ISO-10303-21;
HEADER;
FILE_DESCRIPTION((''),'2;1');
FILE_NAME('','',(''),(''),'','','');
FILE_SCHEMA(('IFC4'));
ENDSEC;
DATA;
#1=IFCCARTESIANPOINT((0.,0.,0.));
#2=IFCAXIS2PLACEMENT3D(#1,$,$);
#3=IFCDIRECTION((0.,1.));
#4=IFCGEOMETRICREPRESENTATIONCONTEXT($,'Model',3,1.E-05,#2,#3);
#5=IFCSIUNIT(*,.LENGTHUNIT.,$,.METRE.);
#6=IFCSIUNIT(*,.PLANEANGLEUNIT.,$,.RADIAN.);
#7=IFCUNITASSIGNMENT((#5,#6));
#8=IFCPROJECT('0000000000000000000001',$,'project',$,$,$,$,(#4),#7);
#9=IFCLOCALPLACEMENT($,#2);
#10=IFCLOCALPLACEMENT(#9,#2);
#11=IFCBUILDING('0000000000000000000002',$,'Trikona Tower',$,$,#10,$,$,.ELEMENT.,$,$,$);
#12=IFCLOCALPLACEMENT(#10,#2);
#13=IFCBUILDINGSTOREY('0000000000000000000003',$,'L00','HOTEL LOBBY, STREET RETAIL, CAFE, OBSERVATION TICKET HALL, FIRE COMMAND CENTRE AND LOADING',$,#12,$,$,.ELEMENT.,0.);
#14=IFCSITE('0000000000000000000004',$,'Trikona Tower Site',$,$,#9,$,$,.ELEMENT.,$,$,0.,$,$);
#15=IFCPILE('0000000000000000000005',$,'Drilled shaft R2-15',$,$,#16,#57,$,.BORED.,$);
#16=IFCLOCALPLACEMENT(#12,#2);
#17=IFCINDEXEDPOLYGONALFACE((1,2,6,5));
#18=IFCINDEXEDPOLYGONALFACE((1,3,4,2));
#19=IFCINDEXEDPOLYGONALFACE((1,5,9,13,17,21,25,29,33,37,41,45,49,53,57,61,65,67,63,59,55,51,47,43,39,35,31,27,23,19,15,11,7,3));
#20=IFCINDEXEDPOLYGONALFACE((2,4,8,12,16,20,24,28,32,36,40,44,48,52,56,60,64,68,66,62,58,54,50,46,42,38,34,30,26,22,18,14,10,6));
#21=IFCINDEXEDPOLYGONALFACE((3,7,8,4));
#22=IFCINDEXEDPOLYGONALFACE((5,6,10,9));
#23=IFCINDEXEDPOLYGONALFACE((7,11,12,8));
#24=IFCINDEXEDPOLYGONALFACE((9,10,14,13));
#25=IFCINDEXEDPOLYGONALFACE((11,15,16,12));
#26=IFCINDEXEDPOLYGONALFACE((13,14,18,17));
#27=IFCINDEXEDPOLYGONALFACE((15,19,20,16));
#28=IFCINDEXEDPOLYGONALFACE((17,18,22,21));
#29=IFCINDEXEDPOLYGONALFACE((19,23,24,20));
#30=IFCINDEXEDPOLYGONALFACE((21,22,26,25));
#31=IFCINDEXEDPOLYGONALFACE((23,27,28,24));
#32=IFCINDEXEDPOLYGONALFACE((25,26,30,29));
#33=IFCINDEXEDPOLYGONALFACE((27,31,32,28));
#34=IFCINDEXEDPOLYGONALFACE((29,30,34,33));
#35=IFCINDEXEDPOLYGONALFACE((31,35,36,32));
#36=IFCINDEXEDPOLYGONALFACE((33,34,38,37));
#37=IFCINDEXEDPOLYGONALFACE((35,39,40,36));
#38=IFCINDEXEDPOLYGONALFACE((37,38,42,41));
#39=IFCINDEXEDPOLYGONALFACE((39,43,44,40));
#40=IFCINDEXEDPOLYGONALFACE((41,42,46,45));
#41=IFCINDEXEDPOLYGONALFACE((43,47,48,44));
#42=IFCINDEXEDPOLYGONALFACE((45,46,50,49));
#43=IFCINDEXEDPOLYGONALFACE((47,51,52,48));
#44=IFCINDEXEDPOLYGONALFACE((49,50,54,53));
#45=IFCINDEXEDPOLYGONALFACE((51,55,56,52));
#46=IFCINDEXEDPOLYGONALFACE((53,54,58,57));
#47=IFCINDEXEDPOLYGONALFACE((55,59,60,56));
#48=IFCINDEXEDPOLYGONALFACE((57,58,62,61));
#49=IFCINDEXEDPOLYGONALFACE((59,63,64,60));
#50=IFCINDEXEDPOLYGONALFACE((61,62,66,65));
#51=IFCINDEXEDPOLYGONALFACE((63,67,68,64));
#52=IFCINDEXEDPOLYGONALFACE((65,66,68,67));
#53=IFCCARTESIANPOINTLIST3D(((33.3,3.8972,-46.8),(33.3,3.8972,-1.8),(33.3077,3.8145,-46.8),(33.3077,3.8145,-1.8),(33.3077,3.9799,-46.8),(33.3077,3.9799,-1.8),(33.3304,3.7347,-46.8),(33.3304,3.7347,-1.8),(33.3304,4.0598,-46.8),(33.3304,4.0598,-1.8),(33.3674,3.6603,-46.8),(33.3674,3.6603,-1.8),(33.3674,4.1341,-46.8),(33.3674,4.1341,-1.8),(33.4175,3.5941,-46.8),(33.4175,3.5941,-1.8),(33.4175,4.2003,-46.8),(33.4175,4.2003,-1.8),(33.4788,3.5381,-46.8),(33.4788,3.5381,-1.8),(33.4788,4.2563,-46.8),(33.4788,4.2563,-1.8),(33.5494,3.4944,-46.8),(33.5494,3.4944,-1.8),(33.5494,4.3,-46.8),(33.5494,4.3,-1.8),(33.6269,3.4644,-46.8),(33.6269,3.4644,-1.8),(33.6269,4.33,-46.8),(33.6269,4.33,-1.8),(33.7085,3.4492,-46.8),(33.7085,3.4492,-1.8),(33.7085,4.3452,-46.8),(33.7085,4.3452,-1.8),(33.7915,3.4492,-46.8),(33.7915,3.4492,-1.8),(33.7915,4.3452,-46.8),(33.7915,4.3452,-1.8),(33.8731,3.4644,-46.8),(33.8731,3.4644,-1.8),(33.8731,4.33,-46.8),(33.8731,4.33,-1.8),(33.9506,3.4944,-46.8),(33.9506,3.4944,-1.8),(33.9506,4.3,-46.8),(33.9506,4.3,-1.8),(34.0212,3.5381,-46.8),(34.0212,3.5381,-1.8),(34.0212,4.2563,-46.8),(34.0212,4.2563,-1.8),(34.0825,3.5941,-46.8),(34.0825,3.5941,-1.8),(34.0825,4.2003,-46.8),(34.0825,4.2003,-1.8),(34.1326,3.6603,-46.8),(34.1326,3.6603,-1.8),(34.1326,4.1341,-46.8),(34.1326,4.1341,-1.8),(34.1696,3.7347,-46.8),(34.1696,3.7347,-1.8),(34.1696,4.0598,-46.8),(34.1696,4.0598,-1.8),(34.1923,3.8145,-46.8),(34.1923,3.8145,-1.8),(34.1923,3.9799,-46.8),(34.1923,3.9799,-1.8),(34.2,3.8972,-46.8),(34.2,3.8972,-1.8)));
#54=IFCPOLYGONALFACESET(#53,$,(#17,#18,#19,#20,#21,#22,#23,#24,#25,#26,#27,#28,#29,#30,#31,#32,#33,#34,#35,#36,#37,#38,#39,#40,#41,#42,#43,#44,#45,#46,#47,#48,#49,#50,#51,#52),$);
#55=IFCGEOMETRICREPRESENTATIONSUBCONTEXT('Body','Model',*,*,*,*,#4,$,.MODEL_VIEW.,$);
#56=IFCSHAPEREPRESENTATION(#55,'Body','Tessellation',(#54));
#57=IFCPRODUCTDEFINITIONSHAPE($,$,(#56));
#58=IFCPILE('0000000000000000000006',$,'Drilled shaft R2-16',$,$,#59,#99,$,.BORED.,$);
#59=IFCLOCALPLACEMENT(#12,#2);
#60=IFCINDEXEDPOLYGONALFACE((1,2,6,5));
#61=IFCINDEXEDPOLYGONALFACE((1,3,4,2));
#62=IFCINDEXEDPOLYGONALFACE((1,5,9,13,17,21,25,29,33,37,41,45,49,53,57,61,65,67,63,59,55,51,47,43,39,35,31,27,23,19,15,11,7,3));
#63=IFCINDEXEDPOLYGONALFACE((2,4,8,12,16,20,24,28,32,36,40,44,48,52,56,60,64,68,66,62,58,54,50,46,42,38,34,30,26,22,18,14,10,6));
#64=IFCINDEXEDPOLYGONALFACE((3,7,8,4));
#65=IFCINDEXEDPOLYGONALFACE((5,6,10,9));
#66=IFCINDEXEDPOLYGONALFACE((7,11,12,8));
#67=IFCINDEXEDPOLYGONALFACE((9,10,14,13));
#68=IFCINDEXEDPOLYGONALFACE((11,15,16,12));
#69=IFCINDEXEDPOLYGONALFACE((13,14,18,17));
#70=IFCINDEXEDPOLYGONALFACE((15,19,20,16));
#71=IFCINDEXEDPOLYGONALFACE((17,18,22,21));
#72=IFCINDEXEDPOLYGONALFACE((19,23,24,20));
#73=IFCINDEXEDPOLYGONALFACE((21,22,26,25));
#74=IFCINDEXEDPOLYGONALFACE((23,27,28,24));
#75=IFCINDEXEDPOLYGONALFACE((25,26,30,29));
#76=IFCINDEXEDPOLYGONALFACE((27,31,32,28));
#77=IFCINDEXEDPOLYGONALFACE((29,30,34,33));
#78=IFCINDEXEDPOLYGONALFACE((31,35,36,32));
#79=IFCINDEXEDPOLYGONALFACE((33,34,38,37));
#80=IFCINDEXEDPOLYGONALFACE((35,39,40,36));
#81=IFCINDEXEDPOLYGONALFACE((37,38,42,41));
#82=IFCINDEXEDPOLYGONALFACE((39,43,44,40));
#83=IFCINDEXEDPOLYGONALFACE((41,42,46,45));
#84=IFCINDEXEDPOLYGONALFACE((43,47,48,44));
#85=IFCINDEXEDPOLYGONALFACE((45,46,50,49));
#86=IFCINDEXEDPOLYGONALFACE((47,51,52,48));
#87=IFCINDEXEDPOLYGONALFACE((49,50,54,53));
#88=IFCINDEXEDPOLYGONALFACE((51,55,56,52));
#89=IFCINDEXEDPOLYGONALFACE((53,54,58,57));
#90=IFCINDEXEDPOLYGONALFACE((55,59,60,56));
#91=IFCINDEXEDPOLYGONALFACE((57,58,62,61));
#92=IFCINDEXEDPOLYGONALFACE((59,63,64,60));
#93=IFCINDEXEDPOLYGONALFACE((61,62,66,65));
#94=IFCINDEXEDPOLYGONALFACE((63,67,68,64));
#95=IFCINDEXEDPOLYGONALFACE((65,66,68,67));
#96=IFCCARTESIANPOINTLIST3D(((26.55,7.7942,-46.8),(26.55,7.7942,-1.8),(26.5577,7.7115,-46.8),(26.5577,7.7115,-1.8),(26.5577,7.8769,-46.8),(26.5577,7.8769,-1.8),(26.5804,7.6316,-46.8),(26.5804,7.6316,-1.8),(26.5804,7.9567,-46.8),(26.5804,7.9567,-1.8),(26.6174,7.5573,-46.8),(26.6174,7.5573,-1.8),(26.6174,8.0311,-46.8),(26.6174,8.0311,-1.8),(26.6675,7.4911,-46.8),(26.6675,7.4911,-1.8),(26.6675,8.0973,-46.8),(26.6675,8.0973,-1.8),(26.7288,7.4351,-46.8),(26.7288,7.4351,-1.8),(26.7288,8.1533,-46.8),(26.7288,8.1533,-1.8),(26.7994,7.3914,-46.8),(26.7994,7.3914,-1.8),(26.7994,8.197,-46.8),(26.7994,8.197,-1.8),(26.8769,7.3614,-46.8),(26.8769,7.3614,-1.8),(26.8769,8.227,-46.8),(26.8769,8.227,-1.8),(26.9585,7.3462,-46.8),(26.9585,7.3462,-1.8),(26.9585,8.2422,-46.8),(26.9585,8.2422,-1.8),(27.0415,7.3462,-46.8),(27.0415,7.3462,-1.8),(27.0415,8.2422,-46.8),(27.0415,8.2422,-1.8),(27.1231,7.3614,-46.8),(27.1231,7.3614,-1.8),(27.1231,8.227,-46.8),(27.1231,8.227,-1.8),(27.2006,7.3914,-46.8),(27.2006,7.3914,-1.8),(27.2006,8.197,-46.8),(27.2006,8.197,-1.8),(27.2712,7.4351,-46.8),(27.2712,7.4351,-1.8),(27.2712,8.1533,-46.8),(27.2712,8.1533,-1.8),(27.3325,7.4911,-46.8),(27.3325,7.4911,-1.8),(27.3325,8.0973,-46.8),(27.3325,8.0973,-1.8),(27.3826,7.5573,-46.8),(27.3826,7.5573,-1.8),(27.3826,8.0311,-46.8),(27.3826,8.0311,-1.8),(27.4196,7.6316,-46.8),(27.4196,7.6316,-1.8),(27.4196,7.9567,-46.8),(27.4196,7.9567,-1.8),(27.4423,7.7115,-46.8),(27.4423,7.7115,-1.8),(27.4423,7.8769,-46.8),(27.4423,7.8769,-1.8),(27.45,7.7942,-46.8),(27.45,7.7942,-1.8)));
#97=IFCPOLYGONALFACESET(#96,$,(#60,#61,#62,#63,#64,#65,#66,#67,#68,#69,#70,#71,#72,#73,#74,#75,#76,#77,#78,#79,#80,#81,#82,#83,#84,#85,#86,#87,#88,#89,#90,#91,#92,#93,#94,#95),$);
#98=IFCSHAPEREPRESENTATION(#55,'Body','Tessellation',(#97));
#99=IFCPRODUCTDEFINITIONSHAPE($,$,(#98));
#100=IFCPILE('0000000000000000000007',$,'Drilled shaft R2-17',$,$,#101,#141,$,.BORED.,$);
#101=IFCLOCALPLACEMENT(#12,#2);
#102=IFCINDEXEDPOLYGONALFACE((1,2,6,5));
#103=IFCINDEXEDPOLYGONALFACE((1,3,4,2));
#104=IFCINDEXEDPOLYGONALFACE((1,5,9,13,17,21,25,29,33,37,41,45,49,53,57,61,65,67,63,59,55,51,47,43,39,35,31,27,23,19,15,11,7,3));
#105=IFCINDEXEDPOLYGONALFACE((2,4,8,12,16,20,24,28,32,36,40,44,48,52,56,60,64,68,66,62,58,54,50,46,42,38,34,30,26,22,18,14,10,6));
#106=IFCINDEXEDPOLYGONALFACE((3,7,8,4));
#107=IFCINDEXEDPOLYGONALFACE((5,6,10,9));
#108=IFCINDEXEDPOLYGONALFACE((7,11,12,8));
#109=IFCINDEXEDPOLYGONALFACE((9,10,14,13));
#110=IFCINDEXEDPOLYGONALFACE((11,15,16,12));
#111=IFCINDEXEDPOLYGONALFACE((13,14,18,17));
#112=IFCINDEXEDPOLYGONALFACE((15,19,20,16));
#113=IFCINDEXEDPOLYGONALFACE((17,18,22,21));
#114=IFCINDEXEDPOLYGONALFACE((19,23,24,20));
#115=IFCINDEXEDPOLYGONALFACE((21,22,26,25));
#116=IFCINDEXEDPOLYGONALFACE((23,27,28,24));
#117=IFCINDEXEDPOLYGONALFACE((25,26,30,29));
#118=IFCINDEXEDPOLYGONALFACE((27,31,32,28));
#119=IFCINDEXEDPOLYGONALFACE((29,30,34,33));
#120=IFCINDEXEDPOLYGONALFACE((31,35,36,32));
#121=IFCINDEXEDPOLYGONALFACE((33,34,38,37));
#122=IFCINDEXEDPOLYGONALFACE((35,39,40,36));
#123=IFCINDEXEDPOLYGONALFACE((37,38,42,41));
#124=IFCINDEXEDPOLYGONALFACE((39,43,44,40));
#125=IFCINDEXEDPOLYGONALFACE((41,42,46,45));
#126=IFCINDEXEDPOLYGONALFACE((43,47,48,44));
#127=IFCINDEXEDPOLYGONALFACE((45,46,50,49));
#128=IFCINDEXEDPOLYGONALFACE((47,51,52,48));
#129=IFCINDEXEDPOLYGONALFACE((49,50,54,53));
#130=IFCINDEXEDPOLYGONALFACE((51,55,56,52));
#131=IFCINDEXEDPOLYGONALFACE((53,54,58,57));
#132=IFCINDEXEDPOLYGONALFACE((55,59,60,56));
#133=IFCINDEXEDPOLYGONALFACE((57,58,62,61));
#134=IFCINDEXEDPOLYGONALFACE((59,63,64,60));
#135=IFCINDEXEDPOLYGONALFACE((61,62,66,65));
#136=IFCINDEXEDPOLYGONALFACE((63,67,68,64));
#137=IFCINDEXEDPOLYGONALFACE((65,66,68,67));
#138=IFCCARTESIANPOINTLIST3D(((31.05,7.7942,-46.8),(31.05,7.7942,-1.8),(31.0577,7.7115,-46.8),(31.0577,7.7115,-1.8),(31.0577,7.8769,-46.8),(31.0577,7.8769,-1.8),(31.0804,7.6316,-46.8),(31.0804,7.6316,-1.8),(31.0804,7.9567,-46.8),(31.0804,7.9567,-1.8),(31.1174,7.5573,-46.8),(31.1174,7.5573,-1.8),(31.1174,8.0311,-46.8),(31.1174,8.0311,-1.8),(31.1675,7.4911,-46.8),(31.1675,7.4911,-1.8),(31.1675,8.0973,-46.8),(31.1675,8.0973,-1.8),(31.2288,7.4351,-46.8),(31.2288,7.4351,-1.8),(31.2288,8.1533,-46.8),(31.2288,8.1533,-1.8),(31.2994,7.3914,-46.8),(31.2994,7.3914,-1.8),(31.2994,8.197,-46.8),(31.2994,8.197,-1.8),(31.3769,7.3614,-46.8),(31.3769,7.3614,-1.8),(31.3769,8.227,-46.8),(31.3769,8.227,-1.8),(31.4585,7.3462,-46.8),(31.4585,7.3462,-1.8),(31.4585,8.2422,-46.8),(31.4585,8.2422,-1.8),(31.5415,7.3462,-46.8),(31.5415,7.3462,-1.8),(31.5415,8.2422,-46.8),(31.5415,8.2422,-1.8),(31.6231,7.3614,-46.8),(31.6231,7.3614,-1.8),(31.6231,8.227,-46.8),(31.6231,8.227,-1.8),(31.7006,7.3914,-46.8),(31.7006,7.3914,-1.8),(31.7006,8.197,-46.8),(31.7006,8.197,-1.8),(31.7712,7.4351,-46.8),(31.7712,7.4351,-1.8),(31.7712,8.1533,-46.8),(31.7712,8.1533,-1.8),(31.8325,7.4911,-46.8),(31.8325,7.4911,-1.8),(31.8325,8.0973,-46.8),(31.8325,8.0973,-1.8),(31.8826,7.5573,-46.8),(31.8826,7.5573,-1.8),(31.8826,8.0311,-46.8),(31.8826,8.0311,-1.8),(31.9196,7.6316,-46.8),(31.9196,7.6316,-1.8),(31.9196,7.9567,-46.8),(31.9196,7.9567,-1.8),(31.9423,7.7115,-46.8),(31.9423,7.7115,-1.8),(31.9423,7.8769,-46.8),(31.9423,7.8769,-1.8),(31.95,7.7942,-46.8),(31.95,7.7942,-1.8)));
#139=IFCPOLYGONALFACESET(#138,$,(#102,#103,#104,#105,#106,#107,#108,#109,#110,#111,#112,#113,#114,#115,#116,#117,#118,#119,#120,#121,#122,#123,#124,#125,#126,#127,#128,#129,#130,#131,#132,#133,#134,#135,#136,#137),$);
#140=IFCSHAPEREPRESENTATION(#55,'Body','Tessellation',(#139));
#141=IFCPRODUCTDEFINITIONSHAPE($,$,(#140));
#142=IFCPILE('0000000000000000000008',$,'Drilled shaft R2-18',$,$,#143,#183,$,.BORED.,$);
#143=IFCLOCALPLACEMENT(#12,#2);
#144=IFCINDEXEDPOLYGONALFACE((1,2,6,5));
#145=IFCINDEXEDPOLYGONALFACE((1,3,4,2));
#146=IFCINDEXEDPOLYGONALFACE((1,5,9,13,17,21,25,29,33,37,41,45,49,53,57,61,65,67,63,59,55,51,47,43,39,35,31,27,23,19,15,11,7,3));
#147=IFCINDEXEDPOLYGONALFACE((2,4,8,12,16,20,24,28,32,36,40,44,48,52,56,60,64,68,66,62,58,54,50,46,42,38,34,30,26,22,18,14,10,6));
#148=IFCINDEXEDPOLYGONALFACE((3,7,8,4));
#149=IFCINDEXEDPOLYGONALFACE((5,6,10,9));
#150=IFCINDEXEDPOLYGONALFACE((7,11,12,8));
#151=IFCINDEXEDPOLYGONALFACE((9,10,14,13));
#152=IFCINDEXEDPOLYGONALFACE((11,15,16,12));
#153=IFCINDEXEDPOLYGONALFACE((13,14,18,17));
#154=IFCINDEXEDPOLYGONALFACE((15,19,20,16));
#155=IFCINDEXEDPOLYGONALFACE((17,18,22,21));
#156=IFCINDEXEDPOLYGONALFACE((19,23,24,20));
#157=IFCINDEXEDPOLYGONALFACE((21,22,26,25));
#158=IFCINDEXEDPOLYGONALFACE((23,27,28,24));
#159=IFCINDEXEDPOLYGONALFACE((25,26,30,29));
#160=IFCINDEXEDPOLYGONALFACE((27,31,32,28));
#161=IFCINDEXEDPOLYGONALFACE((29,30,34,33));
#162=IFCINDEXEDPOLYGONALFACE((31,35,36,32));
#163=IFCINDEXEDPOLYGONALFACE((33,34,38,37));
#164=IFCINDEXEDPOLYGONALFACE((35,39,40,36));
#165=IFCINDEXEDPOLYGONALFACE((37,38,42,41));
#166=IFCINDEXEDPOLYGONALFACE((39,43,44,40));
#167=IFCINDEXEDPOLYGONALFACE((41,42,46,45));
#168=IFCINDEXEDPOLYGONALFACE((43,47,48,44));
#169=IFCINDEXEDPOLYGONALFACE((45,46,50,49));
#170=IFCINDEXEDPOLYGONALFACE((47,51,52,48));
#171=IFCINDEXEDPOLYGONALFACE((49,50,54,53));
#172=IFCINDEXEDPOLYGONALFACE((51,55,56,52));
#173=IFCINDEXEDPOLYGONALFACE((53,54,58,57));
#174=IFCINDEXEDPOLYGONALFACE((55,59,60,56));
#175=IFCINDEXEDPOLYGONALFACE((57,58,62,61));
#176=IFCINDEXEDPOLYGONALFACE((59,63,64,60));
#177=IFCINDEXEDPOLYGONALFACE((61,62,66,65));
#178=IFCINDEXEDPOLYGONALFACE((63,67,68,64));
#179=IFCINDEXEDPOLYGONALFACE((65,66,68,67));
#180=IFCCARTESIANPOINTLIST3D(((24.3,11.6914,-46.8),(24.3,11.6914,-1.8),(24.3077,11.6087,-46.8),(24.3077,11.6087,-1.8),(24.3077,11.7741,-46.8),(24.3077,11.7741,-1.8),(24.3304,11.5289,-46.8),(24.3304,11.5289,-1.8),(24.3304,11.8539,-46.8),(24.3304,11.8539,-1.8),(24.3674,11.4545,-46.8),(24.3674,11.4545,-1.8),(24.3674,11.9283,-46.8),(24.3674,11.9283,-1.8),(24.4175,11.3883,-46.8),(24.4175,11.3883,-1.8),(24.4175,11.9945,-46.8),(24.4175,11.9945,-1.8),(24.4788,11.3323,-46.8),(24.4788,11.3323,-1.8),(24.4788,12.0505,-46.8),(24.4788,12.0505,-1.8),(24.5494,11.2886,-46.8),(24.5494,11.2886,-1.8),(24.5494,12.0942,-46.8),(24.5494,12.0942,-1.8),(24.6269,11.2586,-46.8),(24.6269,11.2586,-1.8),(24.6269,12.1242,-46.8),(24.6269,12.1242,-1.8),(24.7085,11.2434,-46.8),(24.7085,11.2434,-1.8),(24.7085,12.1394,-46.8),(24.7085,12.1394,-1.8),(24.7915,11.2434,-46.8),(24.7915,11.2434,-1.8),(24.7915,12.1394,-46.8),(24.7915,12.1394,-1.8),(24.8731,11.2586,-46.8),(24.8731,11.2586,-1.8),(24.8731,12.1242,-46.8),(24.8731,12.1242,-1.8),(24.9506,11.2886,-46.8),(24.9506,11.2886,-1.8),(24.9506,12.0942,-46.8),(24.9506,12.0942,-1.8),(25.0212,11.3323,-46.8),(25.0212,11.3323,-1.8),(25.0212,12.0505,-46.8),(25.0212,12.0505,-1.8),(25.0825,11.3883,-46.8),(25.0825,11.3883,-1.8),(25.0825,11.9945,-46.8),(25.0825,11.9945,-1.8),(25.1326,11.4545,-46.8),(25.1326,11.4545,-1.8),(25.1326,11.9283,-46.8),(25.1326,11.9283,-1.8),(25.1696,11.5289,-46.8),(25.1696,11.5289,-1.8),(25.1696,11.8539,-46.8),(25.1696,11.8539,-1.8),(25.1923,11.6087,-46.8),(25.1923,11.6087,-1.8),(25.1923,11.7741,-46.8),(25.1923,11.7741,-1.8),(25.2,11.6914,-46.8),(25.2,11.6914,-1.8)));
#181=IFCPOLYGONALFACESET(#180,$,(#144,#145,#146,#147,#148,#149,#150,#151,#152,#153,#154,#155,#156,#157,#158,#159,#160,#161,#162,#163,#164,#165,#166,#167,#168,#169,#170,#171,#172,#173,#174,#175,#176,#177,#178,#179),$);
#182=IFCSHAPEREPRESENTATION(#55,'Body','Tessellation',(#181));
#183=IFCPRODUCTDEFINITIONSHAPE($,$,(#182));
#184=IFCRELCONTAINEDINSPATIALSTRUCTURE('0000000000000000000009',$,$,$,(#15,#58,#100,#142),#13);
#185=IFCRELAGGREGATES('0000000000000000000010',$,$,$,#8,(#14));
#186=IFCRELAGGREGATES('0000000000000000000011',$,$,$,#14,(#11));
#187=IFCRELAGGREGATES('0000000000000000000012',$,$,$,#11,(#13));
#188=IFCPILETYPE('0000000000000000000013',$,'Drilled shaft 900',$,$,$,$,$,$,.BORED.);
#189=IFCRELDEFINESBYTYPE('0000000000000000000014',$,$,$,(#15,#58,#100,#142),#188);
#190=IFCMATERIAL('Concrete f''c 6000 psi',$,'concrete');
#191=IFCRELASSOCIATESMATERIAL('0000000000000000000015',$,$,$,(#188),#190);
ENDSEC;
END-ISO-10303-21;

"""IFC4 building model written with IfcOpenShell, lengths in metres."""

from ifc_helpers import new_model, si_unit, direction, frame, origin, origin_2d, place, context, subcontext, project, spatial, circle, extrude, material, type_object, element, save


model = new_model("IFC4")

# Units and contexts
model_context = context("Model", 3, precision=1e-05, world=origin(), true_north=direction((0.0, 1.0)))
body_context = subcontext(model_context, "Body", "Model", "MODEL_VIEW")
ifc_project = project(units=[si_unit("LENGTHUNIT", "METRE"), si_unit("PLANEANGLEUNIT", "RADIAN")], contexts=[model_context])

# Site, building, storey
site_placement = place(None, origin())
site = spatial("IfcSite", under=ifc_project, at=site_placement, Name="Trikona Tower Site", CompositionType="ELEMENT", RefElevation=0.0)
building_placement = place(site_placement, origin())
building = spatial("IfcBuilding", under=site, at=building_placement, Name="Trikona Tower", CompositionType="ELEMENT")
storey_placement = place(building_placement, origin())
storey = spatial("IfcBuildingStorey", under=building, at=storey_placement, Name="L00", Description="HOTEL LOBBY, STREET RETAIL, CAFE, OBSERVATION TICKET HALL, FIRE COMMAND CENTRE AND LOADING", CompositionType="ELEMENT", Elevation=0.0)

# Piles
ifc_material_1 = material(Name="Concrete f'c 6000 psi", Category="concrete")
pile_type_1 = type_object("IfcPileType", Name="Drilled shaft 900", PredefinedType="BORED", material=ifc_material_1)
for number, where, z_axis, x_axis, name in (
    (1, (33.75, 3.8972, -1.8), (0.0, 0.0, -1.0), (1.0, 0.0, 0.0), "Drilled shaft R2-15"),
    (2, (27.0, 7.7942, -1.8), (0.0, 0.0, -1.0), (1.0, 0.0, 0.0), "Drilled shaft R2-16"),
    (3, (31.5, 7.7942, -1.8), (0.0, 0.0, -1.0), (1.0, 0.0, 0.0), "Drilled shaft R2-17"),
    (4, (24.75, 11.6914, -1.8), (0.0, 0.0, -1.0), (1.0, 0.0, 0.0), "Drilled shaft R2-18"),
):
    element("IfcPile", number, at=place(storey_placement, frame(where, z_axis=z_axis, x_axis=x_axis)), inside=storey, type_object=pile_type_1, Name=name, PredefinedType="BORED", context=body_context, shape_type="SweptSolid", body=[
        extrude(circle(Radius=0.45, at=origin_2d()), origin(), (0.0, 0.0, 1.0), 45.0),
    ])

save(model, "model.ifc")
